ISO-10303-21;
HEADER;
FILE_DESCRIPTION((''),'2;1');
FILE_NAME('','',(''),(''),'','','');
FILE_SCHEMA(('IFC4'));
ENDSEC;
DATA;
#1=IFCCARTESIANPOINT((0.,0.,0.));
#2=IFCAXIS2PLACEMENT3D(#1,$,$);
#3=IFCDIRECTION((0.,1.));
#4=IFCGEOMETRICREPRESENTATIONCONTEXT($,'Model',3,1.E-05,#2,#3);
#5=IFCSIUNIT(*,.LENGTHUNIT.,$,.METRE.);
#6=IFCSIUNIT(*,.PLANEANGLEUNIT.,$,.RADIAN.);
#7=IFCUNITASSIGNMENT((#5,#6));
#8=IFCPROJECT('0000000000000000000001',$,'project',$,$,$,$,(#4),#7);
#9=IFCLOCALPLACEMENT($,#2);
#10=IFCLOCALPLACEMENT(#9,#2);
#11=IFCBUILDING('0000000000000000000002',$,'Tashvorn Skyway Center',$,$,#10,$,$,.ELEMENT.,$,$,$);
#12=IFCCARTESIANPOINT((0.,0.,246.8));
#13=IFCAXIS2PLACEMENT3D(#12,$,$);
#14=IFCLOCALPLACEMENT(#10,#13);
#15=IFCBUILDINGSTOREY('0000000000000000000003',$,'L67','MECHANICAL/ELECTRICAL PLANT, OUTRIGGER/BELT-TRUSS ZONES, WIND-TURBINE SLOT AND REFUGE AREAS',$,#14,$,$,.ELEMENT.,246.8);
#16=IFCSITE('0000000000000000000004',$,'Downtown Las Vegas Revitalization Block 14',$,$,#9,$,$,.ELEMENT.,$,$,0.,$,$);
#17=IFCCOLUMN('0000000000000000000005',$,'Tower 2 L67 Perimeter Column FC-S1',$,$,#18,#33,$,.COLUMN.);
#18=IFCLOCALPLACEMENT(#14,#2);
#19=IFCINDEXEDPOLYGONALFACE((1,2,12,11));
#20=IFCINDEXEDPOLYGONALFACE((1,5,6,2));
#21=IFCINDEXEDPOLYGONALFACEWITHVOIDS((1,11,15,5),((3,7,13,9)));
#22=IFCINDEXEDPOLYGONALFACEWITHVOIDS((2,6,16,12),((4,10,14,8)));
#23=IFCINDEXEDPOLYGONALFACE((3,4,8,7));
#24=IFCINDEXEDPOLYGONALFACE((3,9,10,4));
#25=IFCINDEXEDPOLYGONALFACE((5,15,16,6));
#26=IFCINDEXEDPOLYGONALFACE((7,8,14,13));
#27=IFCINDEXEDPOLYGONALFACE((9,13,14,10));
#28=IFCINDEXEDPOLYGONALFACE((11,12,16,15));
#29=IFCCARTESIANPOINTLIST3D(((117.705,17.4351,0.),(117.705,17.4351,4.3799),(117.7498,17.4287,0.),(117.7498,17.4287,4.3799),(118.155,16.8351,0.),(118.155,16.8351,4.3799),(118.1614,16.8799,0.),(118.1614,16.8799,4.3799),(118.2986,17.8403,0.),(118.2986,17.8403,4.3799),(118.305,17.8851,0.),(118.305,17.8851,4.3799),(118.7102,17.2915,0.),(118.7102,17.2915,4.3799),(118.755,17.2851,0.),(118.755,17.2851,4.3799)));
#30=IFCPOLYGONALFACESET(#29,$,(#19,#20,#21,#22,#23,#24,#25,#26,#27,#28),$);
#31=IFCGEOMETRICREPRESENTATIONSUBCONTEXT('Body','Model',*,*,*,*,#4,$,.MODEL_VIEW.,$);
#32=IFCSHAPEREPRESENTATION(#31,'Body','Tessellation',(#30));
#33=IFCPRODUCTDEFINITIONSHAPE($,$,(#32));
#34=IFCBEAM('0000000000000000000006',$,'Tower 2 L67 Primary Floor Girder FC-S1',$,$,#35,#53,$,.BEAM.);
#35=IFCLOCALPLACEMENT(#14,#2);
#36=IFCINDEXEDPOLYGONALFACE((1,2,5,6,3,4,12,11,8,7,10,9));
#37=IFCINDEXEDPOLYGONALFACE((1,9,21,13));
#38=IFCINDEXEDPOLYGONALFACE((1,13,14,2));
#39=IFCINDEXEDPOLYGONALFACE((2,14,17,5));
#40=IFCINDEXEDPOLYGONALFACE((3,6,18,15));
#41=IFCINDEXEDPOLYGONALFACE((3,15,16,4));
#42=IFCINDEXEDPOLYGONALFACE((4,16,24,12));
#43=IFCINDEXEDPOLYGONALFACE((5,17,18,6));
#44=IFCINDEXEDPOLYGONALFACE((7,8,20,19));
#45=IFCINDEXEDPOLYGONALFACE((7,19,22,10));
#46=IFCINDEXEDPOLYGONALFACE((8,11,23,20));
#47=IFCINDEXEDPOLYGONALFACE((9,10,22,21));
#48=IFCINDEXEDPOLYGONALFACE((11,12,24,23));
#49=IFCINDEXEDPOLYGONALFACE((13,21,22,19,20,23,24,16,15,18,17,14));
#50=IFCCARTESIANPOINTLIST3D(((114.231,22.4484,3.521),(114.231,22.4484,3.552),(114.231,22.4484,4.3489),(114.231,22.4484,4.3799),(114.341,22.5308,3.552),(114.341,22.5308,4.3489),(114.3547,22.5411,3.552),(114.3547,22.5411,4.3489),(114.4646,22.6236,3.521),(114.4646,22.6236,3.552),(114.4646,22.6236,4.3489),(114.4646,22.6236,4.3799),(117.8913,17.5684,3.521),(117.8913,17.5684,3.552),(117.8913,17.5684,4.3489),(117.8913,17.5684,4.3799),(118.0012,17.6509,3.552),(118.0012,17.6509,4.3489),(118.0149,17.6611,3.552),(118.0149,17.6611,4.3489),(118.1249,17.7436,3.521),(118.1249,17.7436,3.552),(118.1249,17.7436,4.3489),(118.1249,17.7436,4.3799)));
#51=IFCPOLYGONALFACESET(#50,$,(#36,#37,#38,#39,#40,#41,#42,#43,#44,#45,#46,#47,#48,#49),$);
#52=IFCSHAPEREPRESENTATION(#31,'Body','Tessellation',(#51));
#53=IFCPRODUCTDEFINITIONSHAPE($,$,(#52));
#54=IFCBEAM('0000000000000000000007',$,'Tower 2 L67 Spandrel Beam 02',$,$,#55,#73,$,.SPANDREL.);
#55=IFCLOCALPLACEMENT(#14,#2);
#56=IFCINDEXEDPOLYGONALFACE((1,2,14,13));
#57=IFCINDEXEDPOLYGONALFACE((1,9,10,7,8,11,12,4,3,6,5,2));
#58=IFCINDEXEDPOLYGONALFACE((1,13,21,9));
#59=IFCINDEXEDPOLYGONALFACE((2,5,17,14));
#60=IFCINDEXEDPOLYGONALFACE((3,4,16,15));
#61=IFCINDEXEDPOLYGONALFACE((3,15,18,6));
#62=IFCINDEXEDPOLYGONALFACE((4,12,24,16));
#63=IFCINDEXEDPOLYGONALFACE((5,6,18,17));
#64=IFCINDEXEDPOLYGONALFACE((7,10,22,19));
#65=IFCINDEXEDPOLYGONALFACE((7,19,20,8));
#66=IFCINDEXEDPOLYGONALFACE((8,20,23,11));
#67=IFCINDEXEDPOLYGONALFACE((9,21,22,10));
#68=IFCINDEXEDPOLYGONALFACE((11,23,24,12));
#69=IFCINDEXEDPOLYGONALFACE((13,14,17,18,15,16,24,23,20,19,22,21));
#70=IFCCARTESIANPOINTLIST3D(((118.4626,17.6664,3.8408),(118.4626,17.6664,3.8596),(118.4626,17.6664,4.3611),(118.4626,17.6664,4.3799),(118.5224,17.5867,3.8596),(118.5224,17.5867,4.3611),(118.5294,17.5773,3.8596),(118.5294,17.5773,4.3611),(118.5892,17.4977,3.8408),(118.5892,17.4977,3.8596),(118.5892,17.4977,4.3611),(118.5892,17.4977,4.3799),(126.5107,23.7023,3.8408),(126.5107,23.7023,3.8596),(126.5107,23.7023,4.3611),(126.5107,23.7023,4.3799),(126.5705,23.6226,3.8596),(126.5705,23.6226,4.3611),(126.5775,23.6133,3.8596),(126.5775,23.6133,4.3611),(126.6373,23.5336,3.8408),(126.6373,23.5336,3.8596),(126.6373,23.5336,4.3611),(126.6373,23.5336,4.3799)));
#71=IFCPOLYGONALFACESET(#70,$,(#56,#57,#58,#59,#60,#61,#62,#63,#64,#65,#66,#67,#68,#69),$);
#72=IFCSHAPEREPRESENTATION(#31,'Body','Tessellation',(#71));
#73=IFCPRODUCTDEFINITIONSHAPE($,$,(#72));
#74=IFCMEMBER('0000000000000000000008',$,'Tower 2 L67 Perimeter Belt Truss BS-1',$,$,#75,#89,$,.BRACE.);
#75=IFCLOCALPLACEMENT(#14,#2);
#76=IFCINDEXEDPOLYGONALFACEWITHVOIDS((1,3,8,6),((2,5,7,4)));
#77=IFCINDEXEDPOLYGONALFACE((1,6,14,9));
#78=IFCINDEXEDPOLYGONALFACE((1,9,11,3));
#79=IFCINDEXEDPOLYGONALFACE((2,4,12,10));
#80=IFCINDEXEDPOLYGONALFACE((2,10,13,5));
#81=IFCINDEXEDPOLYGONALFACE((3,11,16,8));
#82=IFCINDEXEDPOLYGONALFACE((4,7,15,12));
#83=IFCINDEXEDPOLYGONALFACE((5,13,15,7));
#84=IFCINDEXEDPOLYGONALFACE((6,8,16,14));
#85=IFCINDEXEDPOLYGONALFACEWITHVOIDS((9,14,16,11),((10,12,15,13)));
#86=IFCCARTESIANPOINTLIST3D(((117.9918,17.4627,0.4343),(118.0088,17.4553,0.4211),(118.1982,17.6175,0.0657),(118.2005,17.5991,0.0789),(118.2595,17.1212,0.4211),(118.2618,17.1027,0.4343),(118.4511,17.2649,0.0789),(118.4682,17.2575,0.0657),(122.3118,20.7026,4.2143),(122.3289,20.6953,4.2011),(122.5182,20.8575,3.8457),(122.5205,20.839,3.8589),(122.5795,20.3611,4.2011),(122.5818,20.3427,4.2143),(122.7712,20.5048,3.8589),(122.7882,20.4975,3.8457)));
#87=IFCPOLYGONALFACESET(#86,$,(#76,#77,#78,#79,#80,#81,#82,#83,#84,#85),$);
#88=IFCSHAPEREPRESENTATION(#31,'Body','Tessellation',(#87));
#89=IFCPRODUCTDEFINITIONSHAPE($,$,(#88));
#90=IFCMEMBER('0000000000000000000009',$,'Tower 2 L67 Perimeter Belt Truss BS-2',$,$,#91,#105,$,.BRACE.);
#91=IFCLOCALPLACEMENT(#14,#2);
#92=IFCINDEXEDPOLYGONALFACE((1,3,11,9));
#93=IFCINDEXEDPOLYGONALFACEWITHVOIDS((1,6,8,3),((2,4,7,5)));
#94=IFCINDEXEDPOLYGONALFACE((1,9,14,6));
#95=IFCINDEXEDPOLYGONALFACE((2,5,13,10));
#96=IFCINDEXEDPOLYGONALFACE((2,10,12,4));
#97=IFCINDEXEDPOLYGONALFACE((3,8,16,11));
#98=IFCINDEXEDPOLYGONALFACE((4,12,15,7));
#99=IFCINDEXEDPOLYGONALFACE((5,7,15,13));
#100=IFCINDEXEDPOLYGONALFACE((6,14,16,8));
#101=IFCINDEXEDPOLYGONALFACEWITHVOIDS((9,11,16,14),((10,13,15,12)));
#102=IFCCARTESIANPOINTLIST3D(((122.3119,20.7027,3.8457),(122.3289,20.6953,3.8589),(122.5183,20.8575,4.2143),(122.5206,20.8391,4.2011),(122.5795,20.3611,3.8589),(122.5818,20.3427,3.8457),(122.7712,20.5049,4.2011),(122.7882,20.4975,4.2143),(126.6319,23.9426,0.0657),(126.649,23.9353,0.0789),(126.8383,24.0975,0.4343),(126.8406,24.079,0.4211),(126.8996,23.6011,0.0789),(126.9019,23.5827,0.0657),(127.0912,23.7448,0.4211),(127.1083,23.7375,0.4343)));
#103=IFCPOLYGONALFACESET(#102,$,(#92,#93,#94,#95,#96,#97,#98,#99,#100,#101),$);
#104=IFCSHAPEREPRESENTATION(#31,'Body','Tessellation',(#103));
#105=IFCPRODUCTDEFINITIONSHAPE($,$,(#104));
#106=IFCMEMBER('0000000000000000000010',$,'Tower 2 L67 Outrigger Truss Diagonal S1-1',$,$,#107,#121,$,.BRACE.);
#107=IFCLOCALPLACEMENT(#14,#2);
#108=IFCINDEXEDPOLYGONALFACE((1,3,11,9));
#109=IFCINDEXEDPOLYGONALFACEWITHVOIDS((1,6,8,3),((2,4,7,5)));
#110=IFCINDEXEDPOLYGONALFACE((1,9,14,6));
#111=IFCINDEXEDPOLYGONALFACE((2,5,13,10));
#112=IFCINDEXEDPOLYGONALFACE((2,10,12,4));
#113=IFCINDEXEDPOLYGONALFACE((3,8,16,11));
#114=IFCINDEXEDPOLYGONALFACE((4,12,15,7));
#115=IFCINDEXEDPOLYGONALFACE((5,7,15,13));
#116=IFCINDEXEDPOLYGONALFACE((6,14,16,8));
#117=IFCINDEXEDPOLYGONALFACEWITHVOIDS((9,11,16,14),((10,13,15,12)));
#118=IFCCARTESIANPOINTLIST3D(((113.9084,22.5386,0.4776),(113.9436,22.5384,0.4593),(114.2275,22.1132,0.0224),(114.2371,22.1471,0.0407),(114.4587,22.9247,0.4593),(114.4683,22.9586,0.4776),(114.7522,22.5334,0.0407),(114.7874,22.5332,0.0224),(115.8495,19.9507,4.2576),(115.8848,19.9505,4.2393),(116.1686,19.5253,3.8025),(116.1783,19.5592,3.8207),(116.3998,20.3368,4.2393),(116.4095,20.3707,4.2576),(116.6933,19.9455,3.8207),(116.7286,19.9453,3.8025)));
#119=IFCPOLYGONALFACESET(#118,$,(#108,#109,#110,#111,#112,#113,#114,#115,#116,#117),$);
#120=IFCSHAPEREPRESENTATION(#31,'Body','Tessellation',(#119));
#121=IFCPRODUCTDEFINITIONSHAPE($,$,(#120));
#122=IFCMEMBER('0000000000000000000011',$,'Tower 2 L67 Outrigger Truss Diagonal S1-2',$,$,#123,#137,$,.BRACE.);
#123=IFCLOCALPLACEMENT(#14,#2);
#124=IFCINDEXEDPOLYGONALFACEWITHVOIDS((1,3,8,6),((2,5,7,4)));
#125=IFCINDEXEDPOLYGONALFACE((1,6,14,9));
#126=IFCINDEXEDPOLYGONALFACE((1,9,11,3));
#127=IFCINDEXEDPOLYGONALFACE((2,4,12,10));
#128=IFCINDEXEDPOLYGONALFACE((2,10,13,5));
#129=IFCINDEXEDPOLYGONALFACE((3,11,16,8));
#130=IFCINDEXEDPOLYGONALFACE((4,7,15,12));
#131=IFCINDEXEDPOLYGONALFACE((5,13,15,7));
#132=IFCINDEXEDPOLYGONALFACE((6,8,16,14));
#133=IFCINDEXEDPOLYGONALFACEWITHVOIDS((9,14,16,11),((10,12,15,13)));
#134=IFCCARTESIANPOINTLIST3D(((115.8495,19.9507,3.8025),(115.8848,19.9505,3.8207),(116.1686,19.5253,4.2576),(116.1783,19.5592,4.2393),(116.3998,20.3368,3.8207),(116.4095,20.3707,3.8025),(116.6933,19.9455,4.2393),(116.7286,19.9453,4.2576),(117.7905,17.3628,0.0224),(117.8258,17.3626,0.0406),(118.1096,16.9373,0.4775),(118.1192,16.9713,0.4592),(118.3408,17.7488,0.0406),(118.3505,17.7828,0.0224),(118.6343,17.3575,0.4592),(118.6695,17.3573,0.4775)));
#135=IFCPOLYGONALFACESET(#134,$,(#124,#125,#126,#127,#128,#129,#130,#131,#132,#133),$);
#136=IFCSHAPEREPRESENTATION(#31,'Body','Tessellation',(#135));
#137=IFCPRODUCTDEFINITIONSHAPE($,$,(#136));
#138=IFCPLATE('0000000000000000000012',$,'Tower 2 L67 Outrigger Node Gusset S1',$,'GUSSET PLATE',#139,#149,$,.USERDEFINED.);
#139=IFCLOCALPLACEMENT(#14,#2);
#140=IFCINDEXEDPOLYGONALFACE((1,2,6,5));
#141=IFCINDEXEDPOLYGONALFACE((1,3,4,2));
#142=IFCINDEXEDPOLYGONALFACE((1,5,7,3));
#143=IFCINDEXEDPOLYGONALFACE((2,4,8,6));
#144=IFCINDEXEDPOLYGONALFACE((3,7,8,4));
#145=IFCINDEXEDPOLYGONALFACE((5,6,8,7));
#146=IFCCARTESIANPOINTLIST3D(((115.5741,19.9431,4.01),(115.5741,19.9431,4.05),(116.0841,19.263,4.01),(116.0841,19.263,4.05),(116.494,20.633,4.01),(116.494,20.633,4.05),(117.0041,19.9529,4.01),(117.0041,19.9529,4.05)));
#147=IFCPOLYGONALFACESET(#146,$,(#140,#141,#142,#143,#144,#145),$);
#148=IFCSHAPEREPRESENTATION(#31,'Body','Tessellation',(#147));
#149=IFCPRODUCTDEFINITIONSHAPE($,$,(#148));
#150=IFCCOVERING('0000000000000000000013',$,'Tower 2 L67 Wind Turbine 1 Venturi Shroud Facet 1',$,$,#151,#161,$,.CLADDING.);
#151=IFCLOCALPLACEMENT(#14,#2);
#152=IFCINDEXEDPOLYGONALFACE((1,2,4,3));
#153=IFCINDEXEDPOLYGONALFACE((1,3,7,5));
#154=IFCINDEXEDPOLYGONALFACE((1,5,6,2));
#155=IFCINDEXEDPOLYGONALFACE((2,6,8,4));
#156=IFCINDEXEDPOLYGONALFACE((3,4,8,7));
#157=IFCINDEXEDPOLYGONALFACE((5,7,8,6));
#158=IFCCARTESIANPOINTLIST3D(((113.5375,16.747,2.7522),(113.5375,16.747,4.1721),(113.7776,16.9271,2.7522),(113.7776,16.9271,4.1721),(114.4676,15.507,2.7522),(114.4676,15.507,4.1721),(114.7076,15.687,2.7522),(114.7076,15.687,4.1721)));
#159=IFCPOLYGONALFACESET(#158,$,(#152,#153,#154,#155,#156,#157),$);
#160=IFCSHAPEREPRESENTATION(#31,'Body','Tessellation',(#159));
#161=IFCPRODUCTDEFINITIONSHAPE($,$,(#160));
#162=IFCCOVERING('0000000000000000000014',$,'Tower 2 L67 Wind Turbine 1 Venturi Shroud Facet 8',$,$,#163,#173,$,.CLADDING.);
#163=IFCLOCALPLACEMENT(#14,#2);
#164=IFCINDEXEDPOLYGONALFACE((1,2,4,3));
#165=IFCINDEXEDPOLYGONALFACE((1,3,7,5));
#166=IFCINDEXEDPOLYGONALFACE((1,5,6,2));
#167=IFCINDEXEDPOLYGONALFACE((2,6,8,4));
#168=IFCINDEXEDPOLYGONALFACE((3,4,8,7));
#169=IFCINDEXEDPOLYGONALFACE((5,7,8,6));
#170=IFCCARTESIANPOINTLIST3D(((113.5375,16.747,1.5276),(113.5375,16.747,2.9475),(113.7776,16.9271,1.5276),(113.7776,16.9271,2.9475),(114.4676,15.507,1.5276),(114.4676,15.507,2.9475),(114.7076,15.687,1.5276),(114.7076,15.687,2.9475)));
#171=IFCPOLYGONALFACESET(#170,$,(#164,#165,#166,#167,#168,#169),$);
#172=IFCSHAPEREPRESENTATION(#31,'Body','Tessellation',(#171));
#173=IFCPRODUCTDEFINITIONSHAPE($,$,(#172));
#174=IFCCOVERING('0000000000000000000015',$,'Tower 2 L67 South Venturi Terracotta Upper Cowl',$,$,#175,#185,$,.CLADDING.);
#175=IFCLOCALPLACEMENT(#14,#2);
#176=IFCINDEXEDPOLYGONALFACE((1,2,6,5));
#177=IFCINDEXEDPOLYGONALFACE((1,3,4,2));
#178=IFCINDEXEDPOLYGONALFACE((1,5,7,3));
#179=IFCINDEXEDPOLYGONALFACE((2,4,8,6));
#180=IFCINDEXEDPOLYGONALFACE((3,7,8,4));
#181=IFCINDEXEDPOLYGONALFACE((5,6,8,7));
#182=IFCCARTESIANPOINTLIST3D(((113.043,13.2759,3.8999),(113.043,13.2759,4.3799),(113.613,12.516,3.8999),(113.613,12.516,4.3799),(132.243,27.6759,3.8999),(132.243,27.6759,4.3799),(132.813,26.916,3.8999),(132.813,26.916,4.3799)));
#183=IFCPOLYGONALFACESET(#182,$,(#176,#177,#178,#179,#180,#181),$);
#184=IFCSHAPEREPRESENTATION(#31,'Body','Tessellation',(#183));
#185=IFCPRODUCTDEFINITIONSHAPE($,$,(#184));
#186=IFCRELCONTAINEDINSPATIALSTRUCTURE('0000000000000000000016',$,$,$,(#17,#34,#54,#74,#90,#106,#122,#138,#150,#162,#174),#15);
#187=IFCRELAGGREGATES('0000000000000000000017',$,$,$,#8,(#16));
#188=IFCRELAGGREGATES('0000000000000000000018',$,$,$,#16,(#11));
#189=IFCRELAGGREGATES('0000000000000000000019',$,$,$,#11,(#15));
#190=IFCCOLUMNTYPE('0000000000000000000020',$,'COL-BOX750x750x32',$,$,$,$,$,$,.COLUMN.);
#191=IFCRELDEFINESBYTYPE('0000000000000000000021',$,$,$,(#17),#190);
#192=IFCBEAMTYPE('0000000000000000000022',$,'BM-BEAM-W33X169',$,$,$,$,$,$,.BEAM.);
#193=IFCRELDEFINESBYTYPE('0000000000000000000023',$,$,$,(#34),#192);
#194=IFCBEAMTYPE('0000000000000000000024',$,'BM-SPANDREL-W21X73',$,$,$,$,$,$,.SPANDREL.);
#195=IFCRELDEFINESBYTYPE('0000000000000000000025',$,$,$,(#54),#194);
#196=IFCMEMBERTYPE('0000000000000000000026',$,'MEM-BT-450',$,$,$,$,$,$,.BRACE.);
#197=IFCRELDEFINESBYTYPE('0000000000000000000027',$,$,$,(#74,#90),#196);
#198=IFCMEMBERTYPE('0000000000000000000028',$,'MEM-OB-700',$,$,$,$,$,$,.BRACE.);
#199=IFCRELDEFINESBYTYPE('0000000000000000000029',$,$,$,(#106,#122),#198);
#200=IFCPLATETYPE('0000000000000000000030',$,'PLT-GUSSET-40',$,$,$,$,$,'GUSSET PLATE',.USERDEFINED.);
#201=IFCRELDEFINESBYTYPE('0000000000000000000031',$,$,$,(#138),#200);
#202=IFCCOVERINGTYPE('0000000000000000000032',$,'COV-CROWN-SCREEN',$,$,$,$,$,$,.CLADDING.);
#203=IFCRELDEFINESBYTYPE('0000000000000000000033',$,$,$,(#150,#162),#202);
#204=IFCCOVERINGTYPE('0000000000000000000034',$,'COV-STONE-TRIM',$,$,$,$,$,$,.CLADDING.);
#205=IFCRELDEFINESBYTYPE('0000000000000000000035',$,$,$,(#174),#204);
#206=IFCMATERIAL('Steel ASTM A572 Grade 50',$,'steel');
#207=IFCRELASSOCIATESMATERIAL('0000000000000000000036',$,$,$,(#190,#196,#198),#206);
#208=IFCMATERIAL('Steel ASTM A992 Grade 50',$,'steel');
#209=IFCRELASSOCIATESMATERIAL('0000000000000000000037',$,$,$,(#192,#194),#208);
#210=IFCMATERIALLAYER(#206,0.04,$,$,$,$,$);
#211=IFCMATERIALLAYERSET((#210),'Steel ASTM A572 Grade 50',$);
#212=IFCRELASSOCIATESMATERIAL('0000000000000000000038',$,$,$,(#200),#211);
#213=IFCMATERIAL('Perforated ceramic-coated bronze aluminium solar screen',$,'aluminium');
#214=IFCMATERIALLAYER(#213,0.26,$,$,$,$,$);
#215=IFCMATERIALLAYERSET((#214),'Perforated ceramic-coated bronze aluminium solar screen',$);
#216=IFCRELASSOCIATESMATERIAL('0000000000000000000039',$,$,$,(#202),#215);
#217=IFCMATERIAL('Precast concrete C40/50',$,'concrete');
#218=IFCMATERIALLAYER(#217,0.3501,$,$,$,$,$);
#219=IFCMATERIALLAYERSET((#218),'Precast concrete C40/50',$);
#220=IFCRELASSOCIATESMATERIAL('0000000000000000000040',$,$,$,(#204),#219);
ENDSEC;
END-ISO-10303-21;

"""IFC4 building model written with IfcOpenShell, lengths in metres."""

from ifc_helpers import new_model, si_unit, direction, frame, origin, origin_2d, place, context, subcontext, project, spatial, rectangle, hollow_rectangle, i_section, extrude, material, layer, layer_set, material_profile, profile_set, type_object, element, save


model = new_model("IFC4")

# Units and contexts
model_context = context("Model", 3, precision=1e-05, world=origin(), true_north=direction((0.0, 1.0)))
body_context = subcontext(model_context, "Body", "Model", "MODEL_VIEW")
ifc_project = project(units=[si_unit("LENGTHUNIT", "METRE"), si_unit("PLANEANGLEUNIT", "RADIAN")], contexts=[model_context])

# Site, building, storey
site_placement = place(None, origin())
site = spatial("IfcSite", under=ifc_project, at=site_placement, Name="Downtown Las Vegas Revitalization Block 14", CompositionType="ELEMENT", RefElevation=0.0)
building_placement = place(site_placement, origin())
building = spatial("IfcBuilding", under=site, at=building_placement, Name="Tashvorn Skyway Center", CompositionType="ELEMENT")
storey_placement = place(building_placement, frame((0.0, 0.0, 246.8)))
storey = spatial("IfcBuildingStorey", under=building, at=storey_placement, Name="L67", Description="MECHANICAL/ELECTRICAL PLANT, OUTRIGGER/BELT-TRUSS ZONES, WIND-TURBINE SLOT AND REFUGE AREAS", CompositionType="ELEMENT", Elevation=246.8)

# Column
ifc_material_1 = material(Name="Steel ASTM A572 Grade 50", Category="steel")
ifc_material_profile_1 = material_profile(ifc_material_1, hollow_rectangle(XDim=0.75, YDim=0.75, WallThickness=0.032, at=origin_2d()), Name="BOX750x750x32")
ifc_profile_set_1 = profile_set([ifc_material_profile_1], Name="Steel ASTM A572 Grade 50")
column_type = type_object("IfcColumnType", Name="COL-BOX750x750x32", PredefinedType="COLUMN", material=ifc_profile_set_1)
column_placement = place(storey_placement, frame((118.23, 17.3601, 0.0), z_axis=(0.0, 0.0, 1.0), x_axis=(0.8, 0.6, 0.0)))
element("IfcColumn", 1, at=column_placement, inside=storey, type_object=column_type, Name="Tower 2 L67 Perimeter Column FC-S1", PredefinedType="COLUMN", context=body_context, shape_type="SweptSolid", body=[
    extrude(hollow_rectangle(XDim=0.75, YDim=0.75, WallThickness=0.032, at=origin_2d()), origin(), (0.0, 0.0, 1.0), 4.3799),
])

# Beams
ifc_material_2 = material(Name="Steel ASTM A992 Grade 50", Category="steel")
ifc_material_profile_2 = material_profile(ifc_material_2, i_section(OverallWidth=0.292, OverallDepth=0.8589, WebThickness=0.0171, FlangeThickness=0.031, at=origin_2d()), Name="W33X169")
ifc_profile_set_2 = profile_set([ifc_material_profile_2], Name="Steel ASTM A992 Grade 50")
beam_type_1 = type_object("IfcBeamType", Name="BM-BEAM-W33X169", PredefinedType="BEAM", material=ifc_profile_set_2)
beam_1_placement = place(storey_placement, frame((118.0081, 17.656, 3.9504), z_axis=(-0.600026, 0.799981, 0.0), x_axis=(-0.799981, -0.600026, 0.0)))
element("IfcBeam", 2, at=beam_1_placement, inside=storey, type_object=beam_type_1, Name="Tower 2 L67 Primary Floor Girder FC-S1", PredefinedType="BEAM", context=body_context, shape_type="SweptSolid", body=[
    extrude(i_section(OverallWidth=0.292, OverallDepth=0.8589, WebThickness=0.0171, FlangeThickness=0.031, at=origin_2d()), origin(), (0.0, 0.0, 1.0), 6.1001),
])
ifc_material_profile_3 = material_profile(ifc_material_2, i_section(OverallWidth=0.2109, OverallDepth=0.5391, WebThickness=0.0117, FlangeThickness=0.0188, at=origin_2d()), Name="W21X73")
ifc_profile_set_3 = profile_set([ifc_material_profile_3], Name="Steel ASTM A992 Grade 50")
beam_type_2 = type_object("IfcBeamType", Name="BM-SPANDREL-W21X73", PredefinedType="SPANDREL", material=ifc_profile_set_3)
beam_2_placement = place(storey_placement, frame((118.5259, 17.582, 4.1104), z_axis=(0.800009, 0.599988, 0.0), x_axis=(-0.599988, 0.800009, 0.0)))
element("IfcBeam", 3, at=beam_2_placement, inside=storey, type_object=beam_type_2, Name="Tower 2 L67 Spandrel Beam 02", PredefinedType="SPANDREL", context=body_context, shape_type="SweptSolid", body=[
    extrude(i_section(OverallWidth=0.2109, OverallDepth=0.5391, WebThickness=0.0117, FlangeThickness=0.0188, at=origin_2d()), origin(), (0.0, 0.0, 1.0), 10.0601),
])

# Members
ifc_material_profile_4 = material_profile(ifc_material_1, hollow_rectangle(XDim=0.45, YDim=0.45, WallThickness=0.0161, at=origin_2d()), Name="HSS450x450x16")
ifc_profile_set_4 = profile_set([ifc_material_profile_4], Name="Steel ASTM A572 Grade 50")
member_type_1 = type_object("IfcMemberType", Name="MEM-BT-450", PredefinedType="BRACE", material=ifc_profile_set_4)
for number, where, z_axis, x_axis, name in (
    (4, (118.23, 17.3601, 0.25), (0.65539, 0.491533, 0.573462), (-0.599993, 0.800005, 0.0), "Tower 2 L67 Perimeter Belt Truss BS-1"),
    (5, (122.55, 20.6001, 4.03), (0.65539, 0.491533, -0.573462), (-0.599993, 0.800005, 0.0), "Tower 2 L67 Perimeter Belt Truss BS-2"),
):
    element("IfcMember", number, at=place(storey_placement, frame(where, z_axis=z_axis, x_axis=x_axis)), inside=storey, type_object=member_type_1, Name=name, PredefinedType="BRACE", context=body_context, shape_type="SweptSolid", body=[
        extrude(hollow_rectangle(XDim=0.45, YDim=0.45, WallThickness=0.0161, at=origin_2d()), origin(), (0.0, 0.0, 1.0), 6.5916),
    ])
ifc_material_profile_5 = material_profile(ifc_material_1, hollow_rectangle(XDim=0.7, YDim=0.7, WallThickness=0.0281, at=origin_2d()), Name="BOX700x700x28")
ifc_profile_set_5 = profile_set([ifc_material_profile_5], Name="Steel ASTM A572 Grade 50")
member_type_2 = type_object("IfcMemberType", Name="MEM-OB-700", PredefinedType="BRACE", material=ifc_profile_set_5)
for number, where, z_axis, x_axis, name in (
    (6, (114.3479, 22.5359, 0.25), (0.390157, -0.520145, 0.759754), (0.799964, 0.600048, 0.0), "Tower 2 L67 Outrigger Truss Diagonal S1-1"),
    (7, (116.2891, 19.948, 4.03), (0.390116, -0.520154, -0.759769), (0.8, 0.6, 0.0), "Tower 2 L67 Outrigger Truss Diagonal S1-2"),
):
    element("IfcMember", number, at=place(storey_placement, frame(where, z_axis=z_axis, x_axis=x_axis)), inside=storey, type_object=member_type_2, Name=name, PredefinedType="BRACE", context=body_context, shape_type="SweptSolid", body=[
        extrude(hollow_rectangle(XDim=0.7, YDim=0.7, WallThickness=0.0281, at=origin_2d()), origin(), (0.0, 0.0, 1.0), 4.9753),
    ])

# Plate
ifc_layer_1 = layer(ifc_material_1, 0.04)
ifc_layer_set_1 = layer_set([ifc_layer_1], Name="Steel ASTM A572 Grade 50")
plate_type = type_object("IfcPlateType", Name="PLT-GUSSET-40", ElementType="GUSSET PLATE", PredefinedType="USERDEFINED", material=ifc_layer_set_1)
plate_placement = place(storey_placement, frame((116.2891, 19.948, 4.01), z_axis=(0.0, 0.0, 1.0), x_axis=(0.8, 0.6, 0.0)))
element("IfcPlate", 8, at=plate_placement, inside=storey, type_object=plate_type, Name="Tower 2 L67 Outrigger Node Gusset S1", ObjectType="GUSSET PLATE", PredefinedType="USERDEFINED", context=body_context, shape_type="SweptSolid", body=[
    extrude(rectangle(XDim=1.1499, YDim=0.8501, at=origin_2d()), origin(), (0.0, 0.0, 1.0), 0.04),
])

# Coverings
ifc_material_3 = material(Name="Perforated ceramic-coated bronze aluminium solar screen", Category="aluminium")
ifc_layer_2 = layer(ifc_material_3, 0.26)
ifc_layer_set_2 = layer_set([ifc_layer_2], Name="Perforated ceramic-coated bronze aluminium solar screen")
covering_type_1 = type_object("IfcCoveringType", Name="COV-CROWN-SCREEN", PredefinedType="CLADDING", material=ifc_layer_set_2)
for number, where, z_axis, x_axis, name in (
    (9, (114.1226, 16.217, 2.7522), (0.0, 0.0, 1.0), (0.8, 0.6, 0.0), "Tower 2 L67 Wind Turbine 1 Venturi Shroud Facet 1"),
    (10, (114.1226, 16.217, 1.5276), (0.0, 0.0, 1.0), (0.8, 0.6, 0.0), "Tower 2 L67 Wind Turbine 1 Venturi Shroud Facet 8"),
):
    element("IfcCovering", number, at=place(storey_placement, frame(where, z_axis=z_axis, x_axis=x_axis)), inside=storey, type_object=covering_type_1, Name=name, PredefinedType="CLADDING", context=body_context, shape_type="SweptSolid", body=[
        extrude(rectangle(XDim=0.3, YDim=1.55, at=origin_2d()), origin(), (0.0, 0.0, 1.0), 1.4199),
    ])
ifc_material_4 = material(Name="Precast concrete C40/50", Category="concrete")
ifc_layer_3 = layer(ifc_material_4, 0.3501)
ifc_layer_set_3 = layer_set([ifc_layer_3], Name="Precast concrete C40/50")
covering_type_2 = type_object("IfcCoveringType", Name="COV-STONE-TRIM", PredefinedType="CLADDING", material=ifc_layer_set_3)
covering_1_placement = place(storey_placement, frame((122.928, 20.0959, 3.8999), z_axis=(0.0, 0.0, 1.0), x_axis=(-0.8, -0.6, 0.0)))
element("IfcCovering", 11, at=covering_1_placement, inside=storey, type_object=covering_type_2, Name="Tower 2 L67 South Venturi Terracotta Upper Cowl", PredefinedType="CLADDING", context=body_context, shape_type="SweptSolid", body=[
    extrude(rectangle(XDim=24.0, YDim=0.95, at=origin_2d()), origin(), (0.0, 0.0, 1.0), 0.48),
])

save(model, "model.ifc")
